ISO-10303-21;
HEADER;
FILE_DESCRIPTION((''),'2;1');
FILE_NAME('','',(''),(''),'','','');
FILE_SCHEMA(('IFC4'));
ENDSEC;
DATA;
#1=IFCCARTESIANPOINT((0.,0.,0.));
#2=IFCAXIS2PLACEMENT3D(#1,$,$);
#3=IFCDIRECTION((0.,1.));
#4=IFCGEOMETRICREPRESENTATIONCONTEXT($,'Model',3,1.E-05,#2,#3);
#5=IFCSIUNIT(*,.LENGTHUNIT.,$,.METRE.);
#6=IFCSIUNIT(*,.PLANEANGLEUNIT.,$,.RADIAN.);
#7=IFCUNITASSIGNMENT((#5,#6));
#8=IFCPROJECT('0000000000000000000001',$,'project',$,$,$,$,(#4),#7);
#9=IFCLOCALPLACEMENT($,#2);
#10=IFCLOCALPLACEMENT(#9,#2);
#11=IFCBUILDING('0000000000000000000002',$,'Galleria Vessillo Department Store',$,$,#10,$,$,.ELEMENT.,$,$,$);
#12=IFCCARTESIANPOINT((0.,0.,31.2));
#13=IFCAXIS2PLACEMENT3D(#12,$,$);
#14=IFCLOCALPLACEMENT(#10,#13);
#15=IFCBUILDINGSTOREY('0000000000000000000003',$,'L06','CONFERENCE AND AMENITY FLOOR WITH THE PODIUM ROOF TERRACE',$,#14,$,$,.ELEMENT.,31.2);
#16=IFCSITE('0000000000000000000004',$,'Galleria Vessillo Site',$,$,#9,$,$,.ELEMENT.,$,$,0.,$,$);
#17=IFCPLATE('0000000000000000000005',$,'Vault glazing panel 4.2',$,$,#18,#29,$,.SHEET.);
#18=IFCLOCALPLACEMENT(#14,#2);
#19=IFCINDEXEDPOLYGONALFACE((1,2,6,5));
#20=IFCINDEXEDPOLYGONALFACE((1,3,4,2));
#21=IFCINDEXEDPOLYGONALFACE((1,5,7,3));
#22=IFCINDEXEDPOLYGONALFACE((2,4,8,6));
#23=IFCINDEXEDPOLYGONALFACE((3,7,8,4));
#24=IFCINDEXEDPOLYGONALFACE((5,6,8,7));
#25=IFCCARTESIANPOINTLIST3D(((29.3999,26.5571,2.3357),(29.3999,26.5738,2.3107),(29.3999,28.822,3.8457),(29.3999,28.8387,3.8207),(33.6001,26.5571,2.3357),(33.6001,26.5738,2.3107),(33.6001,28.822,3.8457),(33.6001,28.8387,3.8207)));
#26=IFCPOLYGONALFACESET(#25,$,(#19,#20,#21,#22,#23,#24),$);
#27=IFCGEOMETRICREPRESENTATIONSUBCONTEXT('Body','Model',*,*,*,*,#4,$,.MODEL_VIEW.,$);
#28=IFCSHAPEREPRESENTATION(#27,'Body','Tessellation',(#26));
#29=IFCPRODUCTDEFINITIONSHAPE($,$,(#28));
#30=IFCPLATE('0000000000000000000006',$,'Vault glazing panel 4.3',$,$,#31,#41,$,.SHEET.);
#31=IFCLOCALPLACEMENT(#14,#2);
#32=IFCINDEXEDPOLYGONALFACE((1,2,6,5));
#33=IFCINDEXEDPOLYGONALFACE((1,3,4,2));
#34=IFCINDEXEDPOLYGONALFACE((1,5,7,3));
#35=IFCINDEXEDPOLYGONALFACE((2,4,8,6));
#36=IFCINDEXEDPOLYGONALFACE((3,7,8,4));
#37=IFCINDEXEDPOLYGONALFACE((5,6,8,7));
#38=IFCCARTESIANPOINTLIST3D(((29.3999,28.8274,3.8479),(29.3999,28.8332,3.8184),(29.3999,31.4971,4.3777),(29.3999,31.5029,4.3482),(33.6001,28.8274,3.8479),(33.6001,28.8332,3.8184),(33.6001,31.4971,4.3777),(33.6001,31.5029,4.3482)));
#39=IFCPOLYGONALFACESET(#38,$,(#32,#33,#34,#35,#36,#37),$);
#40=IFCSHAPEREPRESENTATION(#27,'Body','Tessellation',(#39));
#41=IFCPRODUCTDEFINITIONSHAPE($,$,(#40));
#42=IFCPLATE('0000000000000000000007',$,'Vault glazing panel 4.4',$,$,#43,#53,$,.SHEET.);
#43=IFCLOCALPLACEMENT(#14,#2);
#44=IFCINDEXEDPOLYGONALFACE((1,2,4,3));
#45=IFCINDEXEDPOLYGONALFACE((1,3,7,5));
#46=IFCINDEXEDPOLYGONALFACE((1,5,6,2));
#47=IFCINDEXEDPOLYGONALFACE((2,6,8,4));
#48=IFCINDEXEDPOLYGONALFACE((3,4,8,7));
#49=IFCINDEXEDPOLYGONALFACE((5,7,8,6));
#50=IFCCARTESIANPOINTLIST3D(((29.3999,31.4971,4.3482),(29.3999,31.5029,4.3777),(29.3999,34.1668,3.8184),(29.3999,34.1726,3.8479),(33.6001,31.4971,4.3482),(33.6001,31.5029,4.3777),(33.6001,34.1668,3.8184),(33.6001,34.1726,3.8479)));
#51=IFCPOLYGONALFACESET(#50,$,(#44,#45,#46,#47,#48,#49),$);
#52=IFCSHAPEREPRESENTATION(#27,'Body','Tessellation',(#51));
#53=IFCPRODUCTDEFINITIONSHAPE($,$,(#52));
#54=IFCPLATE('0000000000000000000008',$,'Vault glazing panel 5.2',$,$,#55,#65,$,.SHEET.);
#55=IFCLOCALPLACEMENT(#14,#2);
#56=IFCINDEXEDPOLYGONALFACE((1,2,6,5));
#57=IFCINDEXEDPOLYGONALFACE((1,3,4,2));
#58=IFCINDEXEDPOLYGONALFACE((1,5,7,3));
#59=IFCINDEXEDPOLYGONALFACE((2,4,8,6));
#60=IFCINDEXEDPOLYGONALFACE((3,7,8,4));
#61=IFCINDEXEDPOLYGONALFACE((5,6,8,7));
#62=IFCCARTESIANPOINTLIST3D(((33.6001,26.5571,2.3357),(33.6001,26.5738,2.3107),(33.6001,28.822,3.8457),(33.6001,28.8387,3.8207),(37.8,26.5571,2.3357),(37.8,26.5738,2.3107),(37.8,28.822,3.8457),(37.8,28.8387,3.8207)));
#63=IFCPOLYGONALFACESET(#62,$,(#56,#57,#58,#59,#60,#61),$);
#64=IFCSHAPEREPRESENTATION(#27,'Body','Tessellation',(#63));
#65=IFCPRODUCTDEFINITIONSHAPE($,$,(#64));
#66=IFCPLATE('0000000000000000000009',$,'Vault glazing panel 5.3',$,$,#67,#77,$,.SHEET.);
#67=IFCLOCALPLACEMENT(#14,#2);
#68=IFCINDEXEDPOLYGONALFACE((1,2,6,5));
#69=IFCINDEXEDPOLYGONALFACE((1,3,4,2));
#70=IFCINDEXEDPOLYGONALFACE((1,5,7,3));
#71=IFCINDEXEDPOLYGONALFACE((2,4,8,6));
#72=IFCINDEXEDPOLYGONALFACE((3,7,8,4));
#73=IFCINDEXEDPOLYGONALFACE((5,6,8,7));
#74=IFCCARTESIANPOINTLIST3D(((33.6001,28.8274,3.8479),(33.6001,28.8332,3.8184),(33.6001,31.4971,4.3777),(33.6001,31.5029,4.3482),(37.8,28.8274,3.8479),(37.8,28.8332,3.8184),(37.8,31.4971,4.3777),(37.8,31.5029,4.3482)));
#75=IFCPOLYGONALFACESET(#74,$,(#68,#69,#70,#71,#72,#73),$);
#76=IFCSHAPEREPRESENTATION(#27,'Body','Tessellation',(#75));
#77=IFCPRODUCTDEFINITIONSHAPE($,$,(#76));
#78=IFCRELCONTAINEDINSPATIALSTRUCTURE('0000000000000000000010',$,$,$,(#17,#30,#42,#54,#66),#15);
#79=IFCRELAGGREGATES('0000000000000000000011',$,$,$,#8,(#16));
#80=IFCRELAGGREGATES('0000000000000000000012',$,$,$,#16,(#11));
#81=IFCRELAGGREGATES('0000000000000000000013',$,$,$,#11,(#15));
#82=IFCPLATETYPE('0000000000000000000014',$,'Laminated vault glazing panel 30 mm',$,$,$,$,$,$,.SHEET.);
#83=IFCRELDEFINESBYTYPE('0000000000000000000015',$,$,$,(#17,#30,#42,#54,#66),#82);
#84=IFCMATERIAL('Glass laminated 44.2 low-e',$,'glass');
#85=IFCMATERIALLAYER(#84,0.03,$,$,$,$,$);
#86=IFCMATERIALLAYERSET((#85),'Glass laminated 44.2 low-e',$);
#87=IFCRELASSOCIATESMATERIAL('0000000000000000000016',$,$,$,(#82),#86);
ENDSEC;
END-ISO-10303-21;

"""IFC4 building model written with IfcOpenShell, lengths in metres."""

from ifc_helpers import new_model, si_unit, direction, frame, origin, place, context, subcontext, project, spatial, polyline, outline, extrude, material, layer, layer_set, type_object, element, save


model = new_model("IFC4")

# Units and contexts
model_context = context("Model", 3, precision=1e-05, world=origin(), true_north=direction((0.0, 1.0)))
body_context = subcontext(model_context, "Body", "Model", "MODEL_VIEW")
ifc_project = project(units=[si_unit("LENGTHUNIT", "METRE"), si_unit("PLANEANGLEUNIT", "RADIAN")], contexts=[model_context])

# Site, building, storey
site_placement = place(None, origin())
site = spatial("IfcSite", under=ifc_project, at=site_placement, Name="Galleria Vessillo Site", CompositionType="ELEMENT", RefElevation=0.0)
building_placement = place(site_placement, origin())
building = spatial("IfcBuilding", under=site, at=building_placement, Name="Galleria Vessillo Department Store", CompositionType="ELEMENT")
storey_placement = place(building_placement, frame((0.0, 0.0, 31.2)))
storey = spatial("IfcBuildingStorey", under=building, at=storey_placement, Name="L06", Description="CONFERENCE AND AMENITY FLOOR WITH THE PODIUM ROOF TERRACE", CompositionType="ELEMENT", Elevation=31.2)

# Plates
ifc_material_1 = material(Name="Glass laminated 44.2 low-e", Category="glass")
ifc_layer = layer(ifc_material_1, 0.03)
ifc_layer_set = layer_set([ifc_layer], Name="Glass laminated 44.2 low-e")
plate_type = type_object("IfcPlateType", Name="Laminated vault glazing panel 30 mm", PredefinedType="SHEET", material=ifc_layer_set)
plate_1_placement = place(storey_placement, frame((29.3999, 26.5571, 2.3357), z_axis=(0.0, -0.554721, 0.832036), x_axis=(1.0, 0.0, 0.0)))
element("IfcPlate", 1, at=plate_1_placement, inside=storey, type_object=plate_type, Name="Vault glazing panel 4.2", PredefinedType="SHEET", context=body_context, shape_type="SweptSolid", body=[
    extrude(outline(polyline([(0.0, 0.0), (4.2002, 0.0), (4.2002, 2.7221), (0.0, 2.7221), (0.0, 0.0)])), origin(), (0.0, 0.0, -1.0), 0.03),
])
for number, where, z_axis, x_axis, name in (
    (2, (29.3999, 28.8274, 3.8479), (0.0, -0.19465, 0.980873), (1.0, 0.0, 0.0), "Vault glazing panel 4.3"),
    (3, (29.3999, 31.5029, 4.3777), (0.0, 0.19465, 0.980873), (1.0, 0.0, 0.0), "Vault glazing panel 4.4"),
):
    element("IfcPlate", number, at=place(storey_placement, frame(where, z_axis=z_axis, x_axis=x_axis)), inside=storey, type_object=plate_type, Name=name, PredefinedType="SHEET", context=body_context, shape_type="SweptSolid", body=[
        extrude(outline(polyline([(0.0, 0.0), (4.2002, 0.0), (4.2002, 2.7217), (0.0, 2.7217), (0.0, 0.0)])), origin(), (0.0, 0.0, -1.0), 0.03),
    ])
plate_2_placement = place(storey_placement, frame((33.6001, 26.5571, 2.3357), z_axis=(0.0, -0.554721, 0.832036), x_axis=(1.0, 0.0, 0.0)))
element("IfcPlate", 4, at=plate_2_placement, inside=storey, type_object=plate_type, Name="Vault glazing panel 5.2", PredefinedType="SHEET", context=body_context, shape_type="SweptSolid", body=[
    extrude(outline(polyline([(0.0, 0.0), (4.2, 0.0), (4.2, 2.7221), (0.0, 2.7221), (0.0, 0.0)])), origin(), (0.0, 0.0, -1.0), 0.03),
])
plate_3_placement = place(storey_placement, frame((33.6001, 28.8274, 3.8479), z_axis=(0.0, -0.19465, 0.980873), x_axis=(1.0, 0.0, 0.0)))
element("IfcPlate", 5, at=plate_3_placement, inside=storey, type_object=plate_type, Name="Vault glazing panel 5.3", PredefinedType="SHEET", context=body_context, shape_type="SweptSolid", body=[
    extrude(outline(polyline([(0.0, 0.0), (4.2, 0.0), (4.2, 2.7217), (0.0, 2.7217), (0.0, 0.0)])), origin(), (0.0, 0.0, -1.0), 0.03),
])

save(model, "model.ifc")
